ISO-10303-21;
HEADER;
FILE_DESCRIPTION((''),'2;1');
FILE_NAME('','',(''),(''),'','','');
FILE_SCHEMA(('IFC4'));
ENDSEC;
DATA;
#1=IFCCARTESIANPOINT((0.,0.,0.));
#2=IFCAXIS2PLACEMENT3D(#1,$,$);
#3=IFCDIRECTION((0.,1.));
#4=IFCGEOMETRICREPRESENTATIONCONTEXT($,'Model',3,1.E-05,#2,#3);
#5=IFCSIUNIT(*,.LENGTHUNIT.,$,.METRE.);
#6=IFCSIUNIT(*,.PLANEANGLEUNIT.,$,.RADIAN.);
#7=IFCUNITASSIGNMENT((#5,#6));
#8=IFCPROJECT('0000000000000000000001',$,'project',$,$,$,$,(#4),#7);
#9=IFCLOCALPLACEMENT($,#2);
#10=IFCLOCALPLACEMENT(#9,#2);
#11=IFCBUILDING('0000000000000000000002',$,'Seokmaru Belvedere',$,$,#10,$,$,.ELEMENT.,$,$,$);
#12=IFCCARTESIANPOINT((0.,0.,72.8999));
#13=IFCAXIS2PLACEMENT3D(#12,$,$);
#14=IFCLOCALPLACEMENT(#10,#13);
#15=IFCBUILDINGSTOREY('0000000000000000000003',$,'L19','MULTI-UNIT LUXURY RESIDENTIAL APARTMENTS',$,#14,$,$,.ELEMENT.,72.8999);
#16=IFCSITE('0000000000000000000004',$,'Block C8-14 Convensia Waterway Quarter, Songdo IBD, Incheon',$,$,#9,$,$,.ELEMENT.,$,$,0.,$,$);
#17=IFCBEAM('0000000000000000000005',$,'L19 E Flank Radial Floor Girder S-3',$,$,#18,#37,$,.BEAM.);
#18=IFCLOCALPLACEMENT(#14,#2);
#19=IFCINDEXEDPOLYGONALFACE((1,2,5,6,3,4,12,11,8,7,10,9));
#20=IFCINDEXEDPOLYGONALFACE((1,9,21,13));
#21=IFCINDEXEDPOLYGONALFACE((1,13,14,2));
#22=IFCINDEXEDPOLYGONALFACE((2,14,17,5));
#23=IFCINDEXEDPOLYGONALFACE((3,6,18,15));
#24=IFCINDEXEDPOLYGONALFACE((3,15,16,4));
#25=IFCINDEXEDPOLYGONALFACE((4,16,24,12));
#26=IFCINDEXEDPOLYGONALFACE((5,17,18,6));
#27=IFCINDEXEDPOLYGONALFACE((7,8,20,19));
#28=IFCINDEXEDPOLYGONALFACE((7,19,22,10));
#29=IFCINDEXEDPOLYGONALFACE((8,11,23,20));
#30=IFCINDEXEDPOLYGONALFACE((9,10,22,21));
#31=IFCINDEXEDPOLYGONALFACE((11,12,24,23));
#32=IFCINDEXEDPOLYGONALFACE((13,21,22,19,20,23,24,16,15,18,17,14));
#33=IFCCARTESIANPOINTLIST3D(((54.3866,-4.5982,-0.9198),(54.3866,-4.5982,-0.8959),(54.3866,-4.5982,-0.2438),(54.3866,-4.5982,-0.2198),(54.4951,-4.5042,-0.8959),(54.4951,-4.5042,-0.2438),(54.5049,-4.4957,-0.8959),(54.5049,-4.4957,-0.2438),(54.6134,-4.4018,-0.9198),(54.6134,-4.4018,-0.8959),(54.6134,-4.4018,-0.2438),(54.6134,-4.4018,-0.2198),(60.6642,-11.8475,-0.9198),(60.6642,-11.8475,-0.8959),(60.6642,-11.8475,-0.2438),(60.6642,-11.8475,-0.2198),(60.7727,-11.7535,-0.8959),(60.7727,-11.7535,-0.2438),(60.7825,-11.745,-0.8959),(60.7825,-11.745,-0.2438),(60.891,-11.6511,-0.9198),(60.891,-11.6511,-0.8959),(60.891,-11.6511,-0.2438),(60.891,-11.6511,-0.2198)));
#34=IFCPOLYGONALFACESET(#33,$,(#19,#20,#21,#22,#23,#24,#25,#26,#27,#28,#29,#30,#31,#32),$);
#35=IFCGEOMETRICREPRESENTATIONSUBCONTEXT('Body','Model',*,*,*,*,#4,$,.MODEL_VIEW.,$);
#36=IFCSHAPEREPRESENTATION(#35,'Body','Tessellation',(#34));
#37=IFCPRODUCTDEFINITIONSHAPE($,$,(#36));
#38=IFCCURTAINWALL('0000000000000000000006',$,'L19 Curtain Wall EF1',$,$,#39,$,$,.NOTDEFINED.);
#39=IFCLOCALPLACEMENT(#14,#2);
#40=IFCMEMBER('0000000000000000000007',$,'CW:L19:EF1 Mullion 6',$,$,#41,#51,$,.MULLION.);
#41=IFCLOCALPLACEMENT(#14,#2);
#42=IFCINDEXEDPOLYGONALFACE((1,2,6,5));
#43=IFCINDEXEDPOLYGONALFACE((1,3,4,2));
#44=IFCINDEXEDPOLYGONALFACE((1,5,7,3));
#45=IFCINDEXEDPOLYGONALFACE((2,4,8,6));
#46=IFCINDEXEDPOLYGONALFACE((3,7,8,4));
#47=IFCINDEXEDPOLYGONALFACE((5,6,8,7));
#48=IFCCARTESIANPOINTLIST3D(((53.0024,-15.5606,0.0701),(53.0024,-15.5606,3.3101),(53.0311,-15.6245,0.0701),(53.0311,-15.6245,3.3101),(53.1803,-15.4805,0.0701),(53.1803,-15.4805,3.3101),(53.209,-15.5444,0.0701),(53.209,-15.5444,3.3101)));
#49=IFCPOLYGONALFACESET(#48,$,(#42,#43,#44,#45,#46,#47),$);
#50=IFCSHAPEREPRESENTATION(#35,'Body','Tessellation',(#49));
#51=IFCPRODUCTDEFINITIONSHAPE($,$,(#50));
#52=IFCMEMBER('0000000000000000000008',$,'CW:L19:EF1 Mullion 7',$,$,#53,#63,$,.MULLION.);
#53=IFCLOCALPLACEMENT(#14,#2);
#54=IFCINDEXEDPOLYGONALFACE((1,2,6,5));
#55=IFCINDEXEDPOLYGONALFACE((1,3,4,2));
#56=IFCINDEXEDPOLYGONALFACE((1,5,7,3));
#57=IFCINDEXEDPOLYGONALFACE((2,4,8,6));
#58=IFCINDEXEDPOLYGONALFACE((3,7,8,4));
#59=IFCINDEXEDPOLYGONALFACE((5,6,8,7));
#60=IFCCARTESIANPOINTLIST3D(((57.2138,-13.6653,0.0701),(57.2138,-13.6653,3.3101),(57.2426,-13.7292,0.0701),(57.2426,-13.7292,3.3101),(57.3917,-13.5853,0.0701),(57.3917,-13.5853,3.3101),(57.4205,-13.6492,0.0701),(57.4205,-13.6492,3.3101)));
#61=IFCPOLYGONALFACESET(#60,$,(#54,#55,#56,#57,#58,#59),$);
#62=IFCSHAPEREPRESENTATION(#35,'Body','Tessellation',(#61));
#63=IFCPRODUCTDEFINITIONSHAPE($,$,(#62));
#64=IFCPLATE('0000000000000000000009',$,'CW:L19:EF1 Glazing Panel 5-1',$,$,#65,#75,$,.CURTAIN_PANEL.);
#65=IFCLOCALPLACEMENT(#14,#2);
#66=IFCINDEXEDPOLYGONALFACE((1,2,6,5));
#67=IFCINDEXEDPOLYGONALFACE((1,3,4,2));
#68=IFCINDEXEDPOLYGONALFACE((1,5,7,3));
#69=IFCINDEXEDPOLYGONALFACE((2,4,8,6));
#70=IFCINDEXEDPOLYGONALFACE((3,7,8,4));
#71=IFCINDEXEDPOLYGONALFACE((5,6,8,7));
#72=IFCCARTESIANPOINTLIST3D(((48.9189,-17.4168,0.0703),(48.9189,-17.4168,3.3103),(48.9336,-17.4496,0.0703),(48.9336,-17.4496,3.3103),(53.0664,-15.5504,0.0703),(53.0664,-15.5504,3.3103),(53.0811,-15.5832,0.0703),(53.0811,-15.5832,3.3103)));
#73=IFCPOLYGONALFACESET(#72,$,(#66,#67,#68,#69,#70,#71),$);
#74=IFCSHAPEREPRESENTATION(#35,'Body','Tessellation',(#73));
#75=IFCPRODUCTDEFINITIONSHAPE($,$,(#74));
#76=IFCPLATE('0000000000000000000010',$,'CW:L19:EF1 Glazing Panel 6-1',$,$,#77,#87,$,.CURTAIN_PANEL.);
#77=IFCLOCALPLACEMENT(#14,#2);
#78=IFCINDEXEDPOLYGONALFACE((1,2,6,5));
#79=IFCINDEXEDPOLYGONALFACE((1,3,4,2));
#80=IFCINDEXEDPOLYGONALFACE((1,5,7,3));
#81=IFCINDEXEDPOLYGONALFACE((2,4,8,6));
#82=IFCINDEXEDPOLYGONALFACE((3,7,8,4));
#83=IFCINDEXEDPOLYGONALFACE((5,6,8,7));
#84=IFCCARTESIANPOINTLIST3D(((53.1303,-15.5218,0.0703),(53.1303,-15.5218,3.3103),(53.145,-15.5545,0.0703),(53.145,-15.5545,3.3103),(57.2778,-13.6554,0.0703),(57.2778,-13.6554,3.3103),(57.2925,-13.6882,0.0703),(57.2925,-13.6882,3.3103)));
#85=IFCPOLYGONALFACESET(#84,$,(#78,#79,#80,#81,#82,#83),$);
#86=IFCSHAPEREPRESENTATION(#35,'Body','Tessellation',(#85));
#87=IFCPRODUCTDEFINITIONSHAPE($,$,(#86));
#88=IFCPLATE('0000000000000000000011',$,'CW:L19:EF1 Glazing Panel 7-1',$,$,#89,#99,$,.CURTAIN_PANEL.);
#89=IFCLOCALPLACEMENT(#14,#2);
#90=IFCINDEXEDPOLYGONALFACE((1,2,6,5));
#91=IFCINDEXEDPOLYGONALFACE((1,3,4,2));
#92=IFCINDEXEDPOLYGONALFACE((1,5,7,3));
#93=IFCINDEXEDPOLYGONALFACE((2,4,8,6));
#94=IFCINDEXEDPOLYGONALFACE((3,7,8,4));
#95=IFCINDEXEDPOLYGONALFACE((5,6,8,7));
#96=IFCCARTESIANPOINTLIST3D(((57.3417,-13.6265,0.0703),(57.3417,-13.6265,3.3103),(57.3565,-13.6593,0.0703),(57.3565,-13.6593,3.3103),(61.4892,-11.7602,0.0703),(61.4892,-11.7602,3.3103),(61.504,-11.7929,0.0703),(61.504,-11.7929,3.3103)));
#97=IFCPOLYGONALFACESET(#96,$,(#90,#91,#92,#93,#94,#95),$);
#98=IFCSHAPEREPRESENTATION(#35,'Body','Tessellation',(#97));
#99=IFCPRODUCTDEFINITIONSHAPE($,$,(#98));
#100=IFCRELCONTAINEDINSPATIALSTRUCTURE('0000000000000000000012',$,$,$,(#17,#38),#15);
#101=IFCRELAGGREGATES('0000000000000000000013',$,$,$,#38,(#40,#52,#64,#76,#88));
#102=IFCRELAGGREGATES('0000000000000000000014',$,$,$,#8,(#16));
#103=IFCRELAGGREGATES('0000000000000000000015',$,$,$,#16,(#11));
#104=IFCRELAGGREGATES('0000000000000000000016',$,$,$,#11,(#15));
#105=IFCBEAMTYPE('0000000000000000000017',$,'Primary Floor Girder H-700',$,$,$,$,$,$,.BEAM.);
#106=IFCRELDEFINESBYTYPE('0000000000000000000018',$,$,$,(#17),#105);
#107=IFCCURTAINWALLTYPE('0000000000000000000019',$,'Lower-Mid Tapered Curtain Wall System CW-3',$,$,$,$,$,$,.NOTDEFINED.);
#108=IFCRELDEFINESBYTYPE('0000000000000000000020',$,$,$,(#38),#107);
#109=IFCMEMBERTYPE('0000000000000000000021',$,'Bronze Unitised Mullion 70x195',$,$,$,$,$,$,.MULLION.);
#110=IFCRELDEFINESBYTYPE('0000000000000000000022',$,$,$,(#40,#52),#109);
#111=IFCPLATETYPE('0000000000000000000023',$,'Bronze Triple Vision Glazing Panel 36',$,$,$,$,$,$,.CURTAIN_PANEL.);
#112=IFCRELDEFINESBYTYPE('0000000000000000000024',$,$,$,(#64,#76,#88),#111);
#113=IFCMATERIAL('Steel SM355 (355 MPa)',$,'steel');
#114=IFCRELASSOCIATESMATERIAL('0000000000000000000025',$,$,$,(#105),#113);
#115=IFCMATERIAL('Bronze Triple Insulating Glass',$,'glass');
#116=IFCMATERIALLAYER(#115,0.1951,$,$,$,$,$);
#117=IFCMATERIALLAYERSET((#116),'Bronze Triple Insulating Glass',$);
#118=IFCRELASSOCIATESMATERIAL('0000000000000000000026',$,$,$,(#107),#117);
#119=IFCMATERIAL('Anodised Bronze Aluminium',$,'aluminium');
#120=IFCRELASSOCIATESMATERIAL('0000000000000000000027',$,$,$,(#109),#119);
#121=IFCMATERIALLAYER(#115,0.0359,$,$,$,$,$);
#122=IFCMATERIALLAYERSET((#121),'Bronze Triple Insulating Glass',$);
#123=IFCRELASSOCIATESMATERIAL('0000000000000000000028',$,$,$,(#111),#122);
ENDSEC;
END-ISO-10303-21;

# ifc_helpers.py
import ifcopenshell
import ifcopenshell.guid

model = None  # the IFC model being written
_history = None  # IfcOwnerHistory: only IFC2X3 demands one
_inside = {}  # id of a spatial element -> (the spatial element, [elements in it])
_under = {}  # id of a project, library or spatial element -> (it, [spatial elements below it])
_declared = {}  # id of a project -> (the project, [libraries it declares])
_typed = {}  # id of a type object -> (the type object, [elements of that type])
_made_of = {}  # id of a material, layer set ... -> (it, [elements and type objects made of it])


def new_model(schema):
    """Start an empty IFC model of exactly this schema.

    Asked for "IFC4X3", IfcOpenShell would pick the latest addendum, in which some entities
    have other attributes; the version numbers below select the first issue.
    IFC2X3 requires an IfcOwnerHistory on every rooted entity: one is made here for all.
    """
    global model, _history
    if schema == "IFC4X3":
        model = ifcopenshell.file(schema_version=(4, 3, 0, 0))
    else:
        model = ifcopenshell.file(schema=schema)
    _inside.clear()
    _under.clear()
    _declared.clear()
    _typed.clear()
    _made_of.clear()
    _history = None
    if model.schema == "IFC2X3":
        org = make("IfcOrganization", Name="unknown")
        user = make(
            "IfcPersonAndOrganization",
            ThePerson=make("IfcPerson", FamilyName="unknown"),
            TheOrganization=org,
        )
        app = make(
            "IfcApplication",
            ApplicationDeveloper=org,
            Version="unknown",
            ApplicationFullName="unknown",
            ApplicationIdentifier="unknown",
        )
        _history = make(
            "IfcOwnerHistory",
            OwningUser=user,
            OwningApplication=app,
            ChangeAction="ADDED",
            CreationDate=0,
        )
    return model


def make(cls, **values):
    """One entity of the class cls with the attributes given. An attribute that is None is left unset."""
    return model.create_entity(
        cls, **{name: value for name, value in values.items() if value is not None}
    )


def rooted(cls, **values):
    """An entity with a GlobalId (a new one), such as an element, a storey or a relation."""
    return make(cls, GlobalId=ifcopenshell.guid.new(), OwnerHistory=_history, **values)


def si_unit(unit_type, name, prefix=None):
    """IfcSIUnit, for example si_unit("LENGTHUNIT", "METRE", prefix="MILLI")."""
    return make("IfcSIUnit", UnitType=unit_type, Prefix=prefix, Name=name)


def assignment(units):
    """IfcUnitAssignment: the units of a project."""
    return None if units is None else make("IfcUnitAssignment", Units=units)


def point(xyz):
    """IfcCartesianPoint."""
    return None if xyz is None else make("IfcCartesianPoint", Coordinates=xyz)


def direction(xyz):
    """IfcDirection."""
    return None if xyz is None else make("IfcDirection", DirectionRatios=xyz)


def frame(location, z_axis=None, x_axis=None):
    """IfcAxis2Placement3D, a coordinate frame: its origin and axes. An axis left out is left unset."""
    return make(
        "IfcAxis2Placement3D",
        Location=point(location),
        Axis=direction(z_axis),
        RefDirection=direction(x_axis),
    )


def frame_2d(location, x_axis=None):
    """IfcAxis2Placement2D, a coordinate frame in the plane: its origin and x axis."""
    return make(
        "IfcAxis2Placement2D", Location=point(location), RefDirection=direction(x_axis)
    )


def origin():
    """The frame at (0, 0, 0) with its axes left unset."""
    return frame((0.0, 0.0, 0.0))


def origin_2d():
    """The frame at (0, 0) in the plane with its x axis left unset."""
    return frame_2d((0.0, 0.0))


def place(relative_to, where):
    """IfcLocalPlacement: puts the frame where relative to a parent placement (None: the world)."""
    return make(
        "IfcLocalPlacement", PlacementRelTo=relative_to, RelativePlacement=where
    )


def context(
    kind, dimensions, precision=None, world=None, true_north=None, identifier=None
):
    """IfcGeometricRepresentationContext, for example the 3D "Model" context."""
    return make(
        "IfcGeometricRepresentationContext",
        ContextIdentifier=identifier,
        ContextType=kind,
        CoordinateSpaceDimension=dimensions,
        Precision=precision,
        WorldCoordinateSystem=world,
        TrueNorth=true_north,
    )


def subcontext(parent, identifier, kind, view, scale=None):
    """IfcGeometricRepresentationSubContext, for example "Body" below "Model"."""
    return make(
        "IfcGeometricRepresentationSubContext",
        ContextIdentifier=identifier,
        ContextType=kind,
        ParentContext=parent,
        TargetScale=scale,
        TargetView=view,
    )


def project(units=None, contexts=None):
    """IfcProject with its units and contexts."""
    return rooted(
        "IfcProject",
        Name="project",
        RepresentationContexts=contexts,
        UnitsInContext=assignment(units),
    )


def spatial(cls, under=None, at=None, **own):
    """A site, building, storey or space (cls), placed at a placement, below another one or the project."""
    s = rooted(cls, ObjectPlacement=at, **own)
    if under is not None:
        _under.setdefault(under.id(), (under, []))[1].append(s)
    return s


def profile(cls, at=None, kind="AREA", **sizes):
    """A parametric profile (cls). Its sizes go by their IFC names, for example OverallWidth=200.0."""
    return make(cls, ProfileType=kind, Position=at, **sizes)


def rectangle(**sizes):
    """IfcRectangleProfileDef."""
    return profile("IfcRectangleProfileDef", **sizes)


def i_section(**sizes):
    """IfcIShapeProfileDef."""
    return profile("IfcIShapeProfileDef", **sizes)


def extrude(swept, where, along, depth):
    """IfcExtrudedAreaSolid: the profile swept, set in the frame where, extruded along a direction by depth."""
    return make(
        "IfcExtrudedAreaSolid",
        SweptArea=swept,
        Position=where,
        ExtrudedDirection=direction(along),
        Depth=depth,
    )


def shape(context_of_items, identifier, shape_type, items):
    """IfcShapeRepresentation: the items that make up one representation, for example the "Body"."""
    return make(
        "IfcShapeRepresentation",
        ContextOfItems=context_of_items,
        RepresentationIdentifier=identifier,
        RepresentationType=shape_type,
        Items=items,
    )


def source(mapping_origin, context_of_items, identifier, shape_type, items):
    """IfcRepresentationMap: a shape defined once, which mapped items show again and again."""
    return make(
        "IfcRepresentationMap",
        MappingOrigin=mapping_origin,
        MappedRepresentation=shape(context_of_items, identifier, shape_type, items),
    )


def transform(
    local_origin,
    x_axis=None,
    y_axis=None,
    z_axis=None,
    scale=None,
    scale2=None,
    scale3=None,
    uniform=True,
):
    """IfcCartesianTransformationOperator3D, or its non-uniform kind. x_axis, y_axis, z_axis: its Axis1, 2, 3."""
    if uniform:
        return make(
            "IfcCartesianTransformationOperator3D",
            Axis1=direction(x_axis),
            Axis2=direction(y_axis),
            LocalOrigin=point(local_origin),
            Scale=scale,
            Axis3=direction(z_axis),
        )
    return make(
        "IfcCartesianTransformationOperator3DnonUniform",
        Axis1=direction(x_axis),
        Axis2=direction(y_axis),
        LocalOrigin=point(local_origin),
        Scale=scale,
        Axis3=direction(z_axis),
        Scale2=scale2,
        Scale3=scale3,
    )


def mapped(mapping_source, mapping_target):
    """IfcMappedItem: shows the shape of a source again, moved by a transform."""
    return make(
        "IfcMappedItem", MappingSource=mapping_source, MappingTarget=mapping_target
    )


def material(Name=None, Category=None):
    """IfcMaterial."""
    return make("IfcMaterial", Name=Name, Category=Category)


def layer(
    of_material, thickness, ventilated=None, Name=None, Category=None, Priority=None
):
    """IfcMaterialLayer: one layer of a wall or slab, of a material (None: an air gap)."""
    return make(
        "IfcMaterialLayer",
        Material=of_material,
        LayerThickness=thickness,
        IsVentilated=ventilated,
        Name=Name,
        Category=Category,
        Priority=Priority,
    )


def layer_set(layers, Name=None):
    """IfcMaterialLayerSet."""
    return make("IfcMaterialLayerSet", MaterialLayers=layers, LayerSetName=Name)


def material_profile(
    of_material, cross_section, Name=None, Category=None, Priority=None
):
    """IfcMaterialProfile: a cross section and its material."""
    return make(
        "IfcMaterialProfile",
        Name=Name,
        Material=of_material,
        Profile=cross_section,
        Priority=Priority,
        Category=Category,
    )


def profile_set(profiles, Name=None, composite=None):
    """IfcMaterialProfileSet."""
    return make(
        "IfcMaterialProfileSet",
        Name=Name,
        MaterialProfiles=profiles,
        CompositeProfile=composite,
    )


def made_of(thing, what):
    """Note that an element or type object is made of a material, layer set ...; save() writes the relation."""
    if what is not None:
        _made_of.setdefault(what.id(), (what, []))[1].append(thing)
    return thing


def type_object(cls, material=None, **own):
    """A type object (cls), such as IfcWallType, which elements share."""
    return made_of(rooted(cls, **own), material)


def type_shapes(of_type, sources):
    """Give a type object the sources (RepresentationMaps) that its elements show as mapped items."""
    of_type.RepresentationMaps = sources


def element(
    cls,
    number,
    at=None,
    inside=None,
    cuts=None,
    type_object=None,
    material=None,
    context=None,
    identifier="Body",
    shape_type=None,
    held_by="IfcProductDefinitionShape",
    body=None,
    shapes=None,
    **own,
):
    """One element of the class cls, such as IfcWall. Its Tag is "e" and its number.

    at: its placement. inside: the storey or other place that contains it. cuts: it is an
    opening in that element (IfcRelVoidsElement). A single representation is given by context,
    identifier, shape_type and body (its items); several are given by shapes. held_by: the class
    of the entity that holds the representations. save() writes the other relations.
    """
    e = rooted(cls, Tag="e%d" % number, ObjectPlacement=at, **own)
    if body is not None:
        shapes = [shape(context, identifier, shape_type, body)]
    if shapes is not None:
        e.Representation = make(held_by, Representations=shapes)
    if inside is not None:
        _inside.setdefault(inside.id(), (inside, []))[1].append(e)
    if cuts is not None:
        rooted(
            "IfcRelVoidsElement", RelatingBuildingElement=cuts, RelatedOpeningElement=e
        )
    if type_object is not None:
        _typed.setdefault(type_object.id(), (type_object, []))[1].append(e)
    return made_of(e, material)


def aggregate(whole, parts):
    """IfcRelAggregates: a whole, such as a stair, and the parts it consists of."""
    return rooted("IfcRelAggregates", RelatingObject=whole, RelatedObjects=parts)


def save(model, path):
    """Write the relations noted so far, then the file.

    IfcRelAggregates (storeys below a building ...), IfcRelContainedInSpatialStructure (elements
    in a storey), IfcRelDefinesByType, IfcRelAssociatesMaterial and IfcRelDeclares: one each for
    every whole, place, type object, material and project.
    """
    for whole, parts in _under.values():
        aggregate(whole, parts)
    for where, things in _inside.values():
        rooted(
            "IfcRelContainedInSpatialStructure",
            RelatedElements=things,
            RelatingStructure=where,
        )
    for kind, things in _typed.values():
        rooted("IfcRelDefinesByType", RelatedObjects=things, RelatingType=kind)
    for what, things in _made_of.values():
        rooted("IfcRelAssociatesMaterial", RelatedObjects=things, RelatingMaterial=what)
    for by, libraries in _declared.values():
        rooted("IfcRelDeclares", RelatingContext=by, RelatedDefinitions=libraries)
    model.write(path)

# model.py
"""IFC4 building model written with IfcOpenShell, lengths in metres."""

from ifc_helpers import new_model, si_unit, direction, frame, origin, origin_2d, place, context, subcontext, project, spatial, rectangle, i_section, extrude, source, transform, mapped, material, layer, layer_set, material_profile, profile_set, type_object, type_shapes, element, aggregate, save


model = new_model("IFC4")

# Units and contexts
model_context = context("Model", 3, precision=1e-05, world=origin(), true_north=direction((0.0, 1.0)))
body_context = subcontext(model_context, "Body", "Model", "MODEL_VIEW")
ifc_project = project(units=[si_unit("LENGTHUNIT", "METRE"), si_unit("PLANEANGLEUNIT", "RADIAN")], contexts=[model_context])

# Site, building, storey
site_placement = place(None, origin())
site = spatial("IfcSite", under=ifc_project, at=site_placement, Name="Block C8-14 Convensia Waterway Quarter, Songdo IBD, Incheon", CompositionType="ELEMENT", RefElevation=0.0)
building_placement = place(site_placement, origin())
building = spatial("IfcBuilding", under=site, at=building_placement, Name="Seokmaru Belvedere", CompositionType="ELEMENT")
storey_placement = place(building_placement, frame((0.0, 0.0, 72.8999)))
storey = spatial("IfcBuildingStorey", under=building, at=storey_placement, Name="L19", Description="MULTI-UNIT LUXURY RESIDENTIAL APARTMENTS", CompositionType="ELEMENT", Elevation=72.8999)

# Shared definitions
ifc_material_1 = material(Name="Steel SM355 (355 MPa)", Category="steel")

# Beam
ifc_material_profile_1 = material_profile(ifc_material_1, i_section(OverallWidth=0.3, OverallDepth=0.7, WebThickness=0.0129, FlangeThickness=0.0239, at=origin_2d()), Name="H-700x300x13x24")
ifc_profile_set_1 = profile_set([ifc_material_profile_1], Name="Steel SM355 (355 MPa)")
beam_type_1 = type_object("IfcBeamType", Name="Primary Floor Girder H-700", PredefinedType="BEAM", material=ifc_profile_set_1)
shared_shape_1 = source(origin(), body_context, "Body", "SweptSolid", [
    extrude(i_section(OverallWidth=0.3, OverallDepth=0.7, WebThickness=0.0129, FlangeThickness=0.0239, at=origin_2d()), origin(), (0.0, 0.0, 1.0), 9.5896),
])
beam_1_placement = place(storey_placement, frame((60.7776, -11.7493, -0.5698), z_axis=(-0.654626, 0.755953, 0.0), x_axis=(-0.755953, -0.654626, 0.0)))
element("IfcBeam", 1, at=beam_1_placement, inside=storey, type_object=beam_type_1, Name="L19 E Flank Radial Floor Girder S-3", PredefinedType="BEAM", context=body_context, shape_type="MappedRepresentation", body=[
    mapped(shared_shape_1, transform((0.0, 0.0, 0.0), scale=1.0)),
])

# Curtain wall, members, plates
ifc_material_2 = material(Name="Bronze Triple Insulating Glass", Category="glass")
ifc_layer_1 = layer(ifc_material_2, 0.1951)
ifc_layer_set_1 = layer_set([ifc_layer_1], Name="Bronze Triple Insulating Glass")
curtain_wall_type = type_object("IfcCurtainWallType", Name="Lower-Mid Tapered Curtain Wall System CW-3", PredefinedType="NOTDEFINED", material=ifc_layer_set_1)
curtain_wall_placement = place(storey_placement, origin())
curtain_wall = element("IfcCurtainWall", 2, at=curtain_wall_placement, inside=storey, type_object=curtain_wall_type, Name="L19 Curtain Wall EF1", PredefinedType="NOTDEFINED")
ifc_material_3 = material(Name="Anodised Bronze Aluminium", Category="aluminium")
ifc_material_profile_2 = material_profile(ifc_material_3, rectangle(XDim=0.0701, YDim=0.1951, at=origin_2d()), Name="CW-M-70x195")
ifc_profile_set_2 = profile_set([ifc_material_profile_2], Name="Anodised Bronze Aluminium")
member_type = type_object("IfcMemberType", Name="Bronze Unitised Mullion 70x195", PredefinedType="MULLION", material=ifc_profile_set_2)
shared_shape_2 = source(origin(), body_context, "Body", "SweptSolid", [
    extrude(rectangle(XDim=0.0701, YDim=0.1951, at=origin_2d()), origin(), (0.0, 0.0, 1.0), 3.24),
])
type_shapes(member_type, [shared_shape_2])
member_1_placement = place(storey_placement, frame((53.1057, -15.5525, 0.0701), z_axis=(0.0, 0.0, 1.0), x_axis=(-0.410366, 0.911921, 0.0)))
member_1 = element("IfcMember", 3, at=member_1_placement, type_object=member_type, Name="CW:L19:EF1 Mullion 6", PredefinedType="MULLION", context=body_context, shape_type="MappedRepresentation", body=[
    mapped(shared_shape_2, transform((0.0, 0.0, 0.0), scale=1.0)),
])
member_2_placement = place(storey_placement, frame((57.3171, -13.6572, 0.0701), z_axis=(0.0, 0.0, 1.0), x_axis=(-0.410366, 0.911921, 0.0)))
member_2 = element("IfcMember", 4, at=member_2_placement, type_object=member_type, Name="CW:L19:EF1 Mullion 7", PredefinedType="MULLION", context=body_context, shape_type="MappedRepresentation", body=[
    mapped(shared_shape_2, transform((0.0, 0.0, 0.0), scale=1.0)),
])
ifc_layer_2 = layer(ifc_material_2, 0.0359)
ifc_layer_set_2 = layer_set([ifc_layer_2], Name="Bronze Triple Insulating Glass")
plate_type = type_object("IfcPlateType", Name="Bronze Triple Vision Glazing Panel 36", PredefinedType="CURTAIN_PANEL", material=ifc_layer_set_2)
shared_shape_3 = source(origin(), body_context, "Body", "SweptSolid", [
    extrude(rectangle(XDim=4.5481, YDim=0.0359, at=origin_2d()), origin(), (0.0, 0.0, 1.0), 3.24),
])
type_shapes(plate_type, [shared_shape_3])
plate_1_placement = place(storey_placement, frame((51.0, -16.5, 0.0703), z_axis=(0.0, 0.0, 1.0), x_axis=(0.911921, 0.410366, 0.0)))
plate_1 = element("IfcPlate", 5, at=plate_1_placement, type_object=plate_type, Name="CW:L19:EF1 Glazing Panel 5-1", PredefinedType="CURTAIN_PANEL", context=body_context, shape_type="MappedRepresentation", body=[
    mapped(shared_shape_3, transform((0.0, 0.0, 0.0), scale=1.0)),
])
plate_2_placement = place(storey_placement, frame((55.2114, -14.605, 0.0703), z_axis=(0.0, 0.0, 1.0), x_axis=(0.911921, 0.410366, 0.0)))
plate_2 = element("IfcPlate", 6, at=plate_2_placement, type_object=plate_type, Name="CW:L19:EF1 Glazing Panel 6-1", PredefinedType="CURTAIN_PANEL", context=body_context, shape_type="MappedRepresentation", body=[
    mapped(shared_shape_3, transform((0.0, 0.0, 0.0), scale=1.0)),
])
plate_3_placement = place(storey_placement, frame((59.4229, -12.7097, 0.0703), z_axis=(0.0, 0.0, 1.0), x_axis=(0.911921, 0.410366, 0.0)))
plate_3 = element("IfcPlate", 7, at=plate_3_placement, type_object=plate_type, Name="CW:L19:EF1 Glazing Panel 7-1", PredefinedType="CURTAIN_PANEL", context=body_context, shape_type="MappedRepresentation", body=[
    mapped(shared_shape_3, transform((0.0, 0.0, 0.0), scale=1.0)),
])
aggregate(curtain_wall, [member_1, member_2, plate_1, plate_2, plate_3])

save(model, "model.ifc")
